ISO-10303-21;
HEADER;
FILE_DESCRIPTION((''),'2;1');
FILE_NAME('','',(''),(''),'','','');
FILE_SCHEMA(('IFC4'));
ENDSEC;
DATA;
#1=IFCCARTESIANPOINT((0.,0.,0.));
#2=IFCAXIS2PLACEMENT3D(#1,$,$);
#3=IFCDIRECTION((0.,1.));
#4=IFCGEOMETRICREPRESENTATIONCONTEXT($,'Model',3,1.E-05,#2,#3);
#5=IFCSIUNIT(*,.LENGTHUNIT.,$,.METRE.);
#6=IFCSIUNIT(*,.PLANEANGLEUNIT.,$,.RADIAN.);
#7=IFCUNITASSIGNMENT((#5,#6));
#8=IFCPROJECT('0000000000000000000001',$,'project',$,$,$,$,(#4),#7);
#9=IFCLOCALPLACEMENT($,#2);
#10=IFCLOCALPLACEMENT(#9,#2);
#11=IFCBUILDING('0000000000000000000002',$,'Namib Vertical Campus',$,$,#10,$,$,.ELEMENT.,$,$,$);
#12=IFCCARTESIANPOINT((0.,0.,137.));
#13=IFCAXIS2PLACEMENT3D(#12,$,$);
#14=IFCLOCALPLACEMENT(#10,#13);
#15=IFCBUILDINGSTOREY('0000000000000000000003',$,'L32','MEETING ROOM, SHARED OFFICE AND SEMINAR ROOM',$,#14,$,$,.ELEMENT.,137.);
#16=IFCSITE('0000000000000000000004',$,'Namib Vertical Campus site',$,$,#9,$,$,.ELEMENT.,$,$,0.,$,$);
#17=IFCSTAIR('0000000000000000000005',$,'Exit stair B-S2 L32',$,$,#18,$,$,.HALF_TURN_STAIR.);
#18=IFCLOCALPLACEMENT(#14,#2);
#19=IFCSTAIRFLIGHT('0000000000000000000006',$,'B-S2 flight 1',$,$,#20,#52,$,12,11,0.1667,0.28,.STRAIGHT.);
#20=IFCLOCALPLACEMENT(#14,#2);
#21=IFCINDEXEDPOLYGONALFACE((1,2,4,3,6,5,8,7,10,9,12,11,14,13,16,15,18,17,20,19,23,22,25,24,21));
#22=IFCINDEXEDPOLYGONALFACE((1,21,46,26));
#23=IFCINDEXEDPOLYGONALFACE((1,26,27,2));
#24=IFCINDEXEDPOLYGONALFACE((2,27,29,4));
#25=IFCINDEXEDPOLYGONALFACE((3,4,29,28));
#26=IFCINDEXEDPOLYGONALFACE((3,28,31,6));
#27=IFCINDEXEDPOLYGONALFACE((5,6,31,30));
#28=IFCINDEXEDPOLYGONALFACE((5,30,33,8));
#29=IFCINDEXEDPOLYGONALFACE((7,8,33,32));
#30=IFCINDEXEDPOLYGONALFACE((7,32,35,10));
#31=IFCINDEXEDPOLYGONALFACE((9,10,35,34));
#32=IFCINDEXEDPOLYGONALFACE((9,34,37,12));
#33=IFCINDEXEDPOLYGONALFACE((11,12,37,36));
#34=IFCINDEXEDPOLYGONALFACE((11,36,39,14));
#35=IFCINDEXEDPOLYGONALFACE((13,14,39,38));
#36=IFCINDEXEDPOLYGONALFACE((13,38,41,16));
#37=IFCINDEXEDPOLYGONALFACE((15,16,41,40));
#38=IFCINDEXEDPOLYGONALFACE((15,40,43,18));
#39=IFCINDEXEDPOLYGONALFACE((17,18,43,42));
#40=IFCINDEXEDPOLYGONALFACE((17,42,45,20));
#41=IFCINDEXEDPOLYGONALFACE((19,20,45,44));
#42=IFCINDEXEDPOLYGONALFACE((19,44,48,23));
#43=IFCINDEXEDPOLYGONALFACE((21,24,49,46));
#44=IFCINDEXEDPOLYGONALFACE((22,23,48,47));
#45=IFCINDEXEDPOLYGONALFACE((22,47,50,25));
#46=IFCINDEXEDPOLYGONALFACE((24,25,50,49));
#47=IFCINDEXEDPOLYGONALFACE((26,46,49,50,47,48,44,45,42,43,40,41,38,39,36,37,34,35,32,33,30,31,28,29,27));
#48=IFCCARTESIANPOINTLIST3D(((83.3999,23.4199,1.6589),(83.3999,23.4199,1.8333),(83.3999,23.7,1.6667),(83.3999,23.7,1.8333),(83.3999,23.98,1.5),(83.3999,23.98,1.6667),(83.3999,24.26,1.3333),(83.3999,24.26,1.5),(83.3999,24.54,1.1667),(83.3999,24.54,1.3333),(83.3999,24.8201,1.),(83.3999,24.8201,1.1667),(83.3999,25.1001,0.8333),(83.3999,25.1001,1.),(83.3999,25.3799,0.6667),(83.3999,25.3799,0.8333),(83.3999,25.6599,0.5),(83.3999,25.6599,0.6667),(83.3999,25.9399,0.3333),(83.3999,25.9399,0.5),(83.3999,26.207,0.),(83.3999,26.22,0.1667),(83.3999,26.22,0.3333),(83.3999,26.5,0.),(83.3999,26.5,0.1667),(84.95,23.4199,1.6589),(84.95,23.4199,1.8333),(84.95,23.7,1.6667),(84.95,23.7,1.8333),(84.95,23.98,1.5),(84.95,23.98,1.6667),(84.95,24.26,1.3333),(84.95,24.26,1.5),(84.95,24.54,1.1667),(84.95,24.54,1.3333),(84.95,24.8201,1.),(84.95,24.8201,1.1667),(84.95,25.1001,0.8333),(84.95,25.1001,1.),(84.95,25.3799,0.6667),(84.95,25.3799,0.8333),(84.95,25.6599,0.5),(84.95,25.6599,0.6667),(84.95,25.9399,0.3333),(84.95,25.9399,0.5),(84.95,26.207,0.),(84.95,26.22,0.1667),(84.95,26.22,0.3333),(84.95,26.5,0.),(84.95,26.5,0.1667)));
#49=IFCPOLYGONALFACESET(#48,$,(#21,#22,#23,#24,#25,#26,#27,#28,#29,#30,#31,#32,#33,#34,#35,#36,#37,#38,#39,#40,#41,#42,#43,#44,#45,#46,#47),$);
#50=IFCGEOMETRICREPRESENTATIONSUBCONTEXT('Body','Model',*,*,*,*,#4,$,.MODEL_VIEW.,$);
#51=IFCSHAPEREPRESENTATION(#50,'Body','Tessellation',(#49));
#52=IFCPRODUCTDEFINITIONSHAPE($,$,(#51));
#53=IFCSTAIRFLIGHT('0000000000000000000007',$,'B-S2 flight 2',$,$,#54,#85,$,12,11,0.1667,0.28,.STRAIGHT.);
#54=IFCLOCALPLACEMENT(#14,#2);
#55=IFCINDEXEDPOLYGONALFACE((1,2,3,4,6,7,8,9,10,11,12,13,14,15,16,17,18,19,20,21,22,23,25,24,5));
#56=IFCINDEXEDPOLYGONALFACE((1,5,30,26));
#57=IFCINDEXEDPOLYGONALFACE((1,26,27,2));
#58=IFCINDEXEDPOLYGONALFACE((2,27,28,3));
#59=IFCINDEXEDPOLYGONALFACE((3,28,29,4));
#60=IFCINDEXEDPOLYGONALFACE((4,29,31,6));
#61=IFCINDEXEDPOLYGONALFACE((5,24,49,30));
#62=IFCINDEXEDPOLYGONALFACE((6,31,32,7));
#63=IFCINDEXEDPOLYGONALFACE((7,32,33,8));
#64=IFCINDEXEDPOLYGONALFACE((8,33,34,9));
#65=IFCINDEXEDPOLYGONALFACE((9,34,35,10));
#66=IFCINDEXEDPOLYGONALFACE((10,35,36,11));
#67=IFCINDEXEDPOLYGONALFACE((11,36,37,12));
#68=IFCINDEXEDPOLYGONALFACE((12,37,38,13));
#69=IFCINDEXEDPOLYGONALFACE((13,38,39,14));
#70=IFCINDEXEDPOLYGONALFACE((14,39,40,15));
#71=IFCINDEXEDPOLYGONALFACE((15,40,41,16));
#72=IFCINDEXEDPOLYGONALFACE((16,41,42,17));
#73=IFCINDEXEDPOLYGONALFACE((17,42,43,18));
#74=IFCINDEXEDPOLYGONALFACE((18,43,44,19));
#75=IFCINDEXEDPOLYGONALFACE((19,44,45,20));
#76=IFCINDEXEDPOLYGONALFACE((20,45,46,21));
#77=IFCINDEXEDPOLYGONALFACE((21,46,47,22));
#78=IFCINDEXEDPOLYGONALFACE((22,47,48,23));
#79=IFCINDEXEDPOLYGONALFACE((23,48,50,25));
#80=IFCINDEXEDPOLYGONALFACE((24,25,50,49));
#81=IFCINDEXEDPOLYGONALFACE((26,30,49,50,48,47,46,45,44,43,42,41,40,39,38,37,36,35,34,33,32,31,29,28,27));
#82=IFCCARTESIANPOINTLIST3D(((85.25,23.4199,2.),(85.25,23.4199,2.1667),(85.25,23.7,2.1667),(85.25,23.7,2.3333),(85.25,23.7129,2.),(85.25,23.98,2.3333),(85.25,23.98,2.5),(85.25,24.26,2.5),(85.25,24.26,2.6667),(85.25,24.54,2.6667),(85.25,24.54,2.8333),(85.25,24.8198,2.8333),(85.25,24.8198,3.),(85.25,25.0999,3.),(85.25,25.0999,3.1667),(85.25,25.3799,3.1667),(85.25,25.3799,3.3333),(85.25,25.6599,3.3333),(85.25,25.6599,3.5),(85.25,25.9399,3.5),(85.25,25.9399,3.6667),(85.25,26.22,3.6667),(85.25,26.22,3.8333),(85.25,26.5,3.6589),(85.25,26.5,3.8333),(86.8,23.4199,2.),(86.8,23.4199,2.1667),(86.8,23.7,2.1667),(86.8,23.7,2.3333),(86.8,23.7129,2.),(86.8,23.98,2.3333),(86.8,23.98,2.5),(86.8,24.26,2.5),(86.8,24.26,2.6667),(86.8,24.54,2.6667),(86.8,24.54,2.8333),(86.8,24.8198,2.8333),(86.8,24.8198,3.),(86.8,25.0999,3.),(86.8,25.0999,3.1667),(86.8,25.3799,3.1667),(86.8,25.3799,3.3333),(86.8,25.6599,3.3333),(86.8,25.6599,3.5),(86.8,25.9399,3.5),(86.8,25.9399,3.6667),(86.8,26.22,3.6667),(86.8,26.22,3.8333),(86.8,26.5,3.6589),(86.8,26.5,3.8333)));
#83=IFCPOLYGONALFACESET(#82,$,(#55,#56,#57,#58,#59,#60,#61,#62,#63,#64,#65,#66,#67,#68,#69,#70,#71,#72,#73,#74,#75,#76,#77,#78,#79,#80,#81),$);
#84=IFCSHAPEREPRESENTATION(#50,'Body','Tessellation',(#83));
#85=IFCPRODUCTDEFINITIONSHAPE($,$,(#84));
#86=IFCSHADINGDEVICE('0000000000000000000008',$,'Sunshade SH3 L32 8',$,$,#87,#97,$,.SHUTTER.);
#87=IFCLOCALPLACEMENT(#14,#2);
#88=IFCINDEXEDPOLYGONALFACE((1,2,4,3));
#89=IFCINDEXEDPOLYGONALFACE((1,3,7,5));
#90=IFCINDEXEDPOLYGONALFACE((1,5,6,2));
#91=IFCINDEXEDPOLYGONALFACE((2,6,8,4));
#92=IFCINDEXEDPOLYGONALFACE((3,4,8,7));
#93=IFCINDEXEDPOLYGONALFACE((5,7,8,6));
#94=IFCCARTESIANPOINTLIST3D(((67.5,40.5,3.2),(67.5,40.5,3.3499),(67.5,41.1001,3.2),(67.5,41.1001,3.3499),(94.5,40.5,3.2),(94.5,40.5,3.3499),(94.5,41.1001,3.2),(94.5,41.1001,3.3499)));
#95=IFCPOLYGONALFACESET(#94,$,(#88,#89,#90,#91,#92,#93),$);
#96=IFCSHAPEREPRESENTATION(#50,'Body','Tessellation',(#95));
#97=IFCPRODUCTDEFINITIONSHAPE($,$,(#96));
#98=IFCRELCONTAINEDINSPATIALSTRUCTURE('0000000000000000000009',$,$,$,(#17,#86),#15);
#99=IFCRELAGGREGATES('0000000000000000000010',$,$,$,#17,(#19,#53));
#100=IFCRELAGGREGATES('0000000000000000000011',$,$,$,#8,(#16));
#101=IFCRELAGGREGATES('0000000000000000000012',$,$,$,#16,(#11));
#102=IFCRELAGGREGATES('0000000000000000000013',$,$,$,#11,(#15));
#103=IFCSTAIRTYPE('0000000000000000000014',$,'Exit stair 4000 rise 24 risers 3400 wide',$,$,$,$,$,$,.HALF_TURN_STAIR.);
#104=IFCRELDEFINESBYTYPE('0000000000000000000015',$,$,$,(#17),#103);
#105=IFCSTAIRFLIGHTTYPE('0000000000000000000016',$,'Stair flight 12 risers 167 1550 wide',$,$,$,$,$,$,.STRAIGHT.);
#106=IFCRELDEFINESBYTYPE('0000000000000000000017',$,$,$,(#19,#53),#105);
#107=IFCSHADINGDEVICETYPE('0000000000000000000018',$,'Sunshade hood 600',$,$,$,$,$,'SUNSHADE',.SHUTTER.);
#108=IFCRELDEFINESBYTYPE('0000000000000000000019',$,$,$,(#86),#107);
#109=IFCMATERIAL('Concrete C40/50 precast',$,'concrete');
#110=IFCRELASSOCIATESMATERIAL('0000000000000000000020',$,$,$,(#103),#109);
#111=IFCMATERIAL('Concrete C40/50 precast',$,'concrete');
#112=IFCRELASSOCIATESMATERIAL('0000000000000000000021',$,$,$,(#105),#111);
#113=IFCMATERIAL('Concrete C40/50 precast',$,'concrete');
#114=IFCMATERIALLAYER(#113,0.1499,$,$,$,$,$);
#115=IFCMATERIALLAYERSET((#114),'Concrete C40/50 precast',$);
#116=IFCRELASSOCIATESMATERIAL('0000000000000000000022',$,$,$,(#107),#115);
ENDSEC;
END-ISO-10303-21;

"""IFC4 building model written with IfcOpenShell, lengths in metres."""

from ifc_helpers import new_model, si_unit, direction, frame, origin, origin_2d, place, context, subcontext, project, spatial, polyline, rectangle, outline, extrude, material, layer, layer_set, type_object, element, aggregate, save


model = new_model("IFC4")

# Units and contexts
model_context = context("Model", 3, precision=1e-05, world=origin(), true_north=direction((0.0, 1.0)))
body_context = subcontext(model_context, "Body", "Model", "MODEL_VIEW")
ifc_project = project(units=[si_unit("LENGTHUNIT", "METRE"), si_unit("PLANEANGLEUNIT", "RADIAN")], contexts=[model_context])

# Site, building, storey
site_placement = place(None, origin())
site = spatial("IfcSite", under=ifc_project, at=site_placement, Name="Namib Vertical Campus site", CompositionType="ELEMENT", RefElevation=0.0)
building_placement = place(site_placement, origin())
building = spatial("IfcBuilding", under=site, at=building_placement, Name="Namib Vertical Campus", CompositionType="ELEMENT")
storey_placement = place(building_placement, frame((0.0, 0.0, 137.0)))
storey = spatial("IfcBuildingStorey", under=building, at=storey_placement, Name="L32", Description="MEETING ROOM, SHARED OFFICE AND SEMINAR ROOM", CompositionType="ELEMENT", Elevation=137.0)

# Stair, stair flights
ifc_material_1 = material(Name="Concrete C40/50 precast", Category="concrete")
stair_type = type_object("IfcStairType", Name="Exit stair 4000 rise 24 risers 3400 wide", PredefinedType="HALF_TURN_STAIR", material=ifc_material_1)
stair_placement = place(storey_placement, origin())
stair = element("IfcStair", 1, at=stair_placement, inside=storey, type_object=stair_type, Name="Exit stair B-S2 L32", PredefinedType="HALF_TURN_STAIR")
ifc_material_2 = material(Name="Concrete C40/50 precast", Category="concrete")
stair_flight_type = type_object("IfcStairFlightType", Name="Stair flight 12 risers 167 1550 wide", PredefinedType="STRAIGHT", material=ifc_material_2)
stair_flight_1_placement = place(storey_placement, frame((84.175, 26.5, 0.0), z_axis=(0.0, 0.0, 1.0), x_axis=(0.0, -1.0, 0.0)))
stair_flight_1 = element("IfcStairFlight", 2, at=stair_flight_1_placement, type_object=stair_flight_type, Name="B-S2 flight 1", NumberOfRisers=12, NumberOfTreads=11, PredefinedType="STRAIGHT", RiserHeight=0.1667, TreadLength=0.28, context=body_context, shape_type="SweptSolid", body=[
    extrude(outline(polyline([(0.0, 0.0), (0.0, 0.1667), (0.28, 0.1667), (0.28, 0.3333), (0.5601, 0.3333), (0.5601, 0.5), (0.8401, 0.5), (0.8401, 0.6667), (1.1201, 0.6667), (1.1201, 0.8333), (1.3999, 0.8333), (1.3999, 1.0), (1.6799, 1.0), (1.6799, 1.1667), (1.96, 1.1667), (1.96, 1.3333), (2.24, 1.3333), (2.24, 1.5), (2.52, 1.5), (2.52, 1.6667), (2.8, 1.6667), (2.8, 1.8333), (3.0801, 1.8333), (3.0801, 2.0), (3.0801, 1.6589), (0.293, 0.0), (0.0, 0.0)])), frame((0.0, 0.7749, 0.0), z_axis=(0.0, -1.0, 0.0), x_axis=(1.0, 0.0, 0.0)), (0.0, 0.0, 1.0), 1.55),
])
stair_flight_2_placement = place(storey_placement, frame((86.0249, 23.4199, 2.0), z_axis=(0.0, 0.0, 1.0), x_axis=(0.0, 1.0, 0.0)))
stair_flight_2 = element("IfcStairFlight", 3, at=stair_flight_2_placement, type_object=stair_flight_type, Name="B-S2 flight 2", NumberOfRisers=12, NumberOfTreads=11, PredefinedType="STRAIGHT", RiserHeight=0.1667, TreadLength=0.28, context=body_context, shape_type="SweptSolid", body=[
    extrude(outline(polyline([(0.0, 0.0), (0.0, 0.1667), (0.28, 0.1667), (0.28, 0.3333), (0.5601, 0.3333), (0.5601, 0.5), (0.8401, 0.5), (0.8401, 0.6667), (1.1201, 0.6667), (1.1201, 0.8333), (1.3999, 0.8333), (1.3999, 1.0), (1.6799, 1.0), (1.6799, 1.1667), (1.96, 1.1667), (1.96, 1.3333), (2.24, 1.3333), (2.24, 1.5), (2.52, 1.5), (2.52, 1.6667), (2.8, 1.6667), (2.8, 1.8333), (3.0801, 1.8333), (3.0801, 2.0), (3.0801, 1.6589), (0.293, 0.0), (0.0, 0.0)])), frame((0.0, 0.7749, 0.0), z_axis=(0.0, -1.0, 0.0), x_axis=(1.0, 0.0, 0.0)), (0.0, 0.0, 1.0), 1.55),
])
aggregate(stair, [stair_flight_1, stair_flight_2])

# Shading device
ifc_material_3 = material(Name="Concrete C40/50 precast", Category="concrete")
ifc_layer_1 = layer(ifc_material_3, 0.1499)
ifc_layer_set_1 = layer_set([ifc_layer_1], Name="Concrete C40/50 precast")
shading_device_type = type_object("IfcShadingDeviceType", Name="Sunshade hood 600", ElementType="SUNSHADE", PredefinedType="SHUTTER", material=ifc_layer_set_1)
shading_device_placement = place(storey_placement, frame((81.0, 40.8, 3.2), z_axis=(0.0, 0.0, 1.0), x_axis=(-1.0, 0.0, 0.0)))
element("IfcShadingDevice", 4, at=shading_device_placement, inside=storey, type_object=shading_device_type, Name="Sunshade SH3 L32 8", PredefinedType="SHUTTER", context=body_context, shape_type="SweptSolid", body=[
    extrude(rectangle(XDim=27.0, YDim=0.6001, at=origin_2d()), origin(), (0.0, 0.0, 1.0), 0.1499),
])

save(model, "model.ifc")
